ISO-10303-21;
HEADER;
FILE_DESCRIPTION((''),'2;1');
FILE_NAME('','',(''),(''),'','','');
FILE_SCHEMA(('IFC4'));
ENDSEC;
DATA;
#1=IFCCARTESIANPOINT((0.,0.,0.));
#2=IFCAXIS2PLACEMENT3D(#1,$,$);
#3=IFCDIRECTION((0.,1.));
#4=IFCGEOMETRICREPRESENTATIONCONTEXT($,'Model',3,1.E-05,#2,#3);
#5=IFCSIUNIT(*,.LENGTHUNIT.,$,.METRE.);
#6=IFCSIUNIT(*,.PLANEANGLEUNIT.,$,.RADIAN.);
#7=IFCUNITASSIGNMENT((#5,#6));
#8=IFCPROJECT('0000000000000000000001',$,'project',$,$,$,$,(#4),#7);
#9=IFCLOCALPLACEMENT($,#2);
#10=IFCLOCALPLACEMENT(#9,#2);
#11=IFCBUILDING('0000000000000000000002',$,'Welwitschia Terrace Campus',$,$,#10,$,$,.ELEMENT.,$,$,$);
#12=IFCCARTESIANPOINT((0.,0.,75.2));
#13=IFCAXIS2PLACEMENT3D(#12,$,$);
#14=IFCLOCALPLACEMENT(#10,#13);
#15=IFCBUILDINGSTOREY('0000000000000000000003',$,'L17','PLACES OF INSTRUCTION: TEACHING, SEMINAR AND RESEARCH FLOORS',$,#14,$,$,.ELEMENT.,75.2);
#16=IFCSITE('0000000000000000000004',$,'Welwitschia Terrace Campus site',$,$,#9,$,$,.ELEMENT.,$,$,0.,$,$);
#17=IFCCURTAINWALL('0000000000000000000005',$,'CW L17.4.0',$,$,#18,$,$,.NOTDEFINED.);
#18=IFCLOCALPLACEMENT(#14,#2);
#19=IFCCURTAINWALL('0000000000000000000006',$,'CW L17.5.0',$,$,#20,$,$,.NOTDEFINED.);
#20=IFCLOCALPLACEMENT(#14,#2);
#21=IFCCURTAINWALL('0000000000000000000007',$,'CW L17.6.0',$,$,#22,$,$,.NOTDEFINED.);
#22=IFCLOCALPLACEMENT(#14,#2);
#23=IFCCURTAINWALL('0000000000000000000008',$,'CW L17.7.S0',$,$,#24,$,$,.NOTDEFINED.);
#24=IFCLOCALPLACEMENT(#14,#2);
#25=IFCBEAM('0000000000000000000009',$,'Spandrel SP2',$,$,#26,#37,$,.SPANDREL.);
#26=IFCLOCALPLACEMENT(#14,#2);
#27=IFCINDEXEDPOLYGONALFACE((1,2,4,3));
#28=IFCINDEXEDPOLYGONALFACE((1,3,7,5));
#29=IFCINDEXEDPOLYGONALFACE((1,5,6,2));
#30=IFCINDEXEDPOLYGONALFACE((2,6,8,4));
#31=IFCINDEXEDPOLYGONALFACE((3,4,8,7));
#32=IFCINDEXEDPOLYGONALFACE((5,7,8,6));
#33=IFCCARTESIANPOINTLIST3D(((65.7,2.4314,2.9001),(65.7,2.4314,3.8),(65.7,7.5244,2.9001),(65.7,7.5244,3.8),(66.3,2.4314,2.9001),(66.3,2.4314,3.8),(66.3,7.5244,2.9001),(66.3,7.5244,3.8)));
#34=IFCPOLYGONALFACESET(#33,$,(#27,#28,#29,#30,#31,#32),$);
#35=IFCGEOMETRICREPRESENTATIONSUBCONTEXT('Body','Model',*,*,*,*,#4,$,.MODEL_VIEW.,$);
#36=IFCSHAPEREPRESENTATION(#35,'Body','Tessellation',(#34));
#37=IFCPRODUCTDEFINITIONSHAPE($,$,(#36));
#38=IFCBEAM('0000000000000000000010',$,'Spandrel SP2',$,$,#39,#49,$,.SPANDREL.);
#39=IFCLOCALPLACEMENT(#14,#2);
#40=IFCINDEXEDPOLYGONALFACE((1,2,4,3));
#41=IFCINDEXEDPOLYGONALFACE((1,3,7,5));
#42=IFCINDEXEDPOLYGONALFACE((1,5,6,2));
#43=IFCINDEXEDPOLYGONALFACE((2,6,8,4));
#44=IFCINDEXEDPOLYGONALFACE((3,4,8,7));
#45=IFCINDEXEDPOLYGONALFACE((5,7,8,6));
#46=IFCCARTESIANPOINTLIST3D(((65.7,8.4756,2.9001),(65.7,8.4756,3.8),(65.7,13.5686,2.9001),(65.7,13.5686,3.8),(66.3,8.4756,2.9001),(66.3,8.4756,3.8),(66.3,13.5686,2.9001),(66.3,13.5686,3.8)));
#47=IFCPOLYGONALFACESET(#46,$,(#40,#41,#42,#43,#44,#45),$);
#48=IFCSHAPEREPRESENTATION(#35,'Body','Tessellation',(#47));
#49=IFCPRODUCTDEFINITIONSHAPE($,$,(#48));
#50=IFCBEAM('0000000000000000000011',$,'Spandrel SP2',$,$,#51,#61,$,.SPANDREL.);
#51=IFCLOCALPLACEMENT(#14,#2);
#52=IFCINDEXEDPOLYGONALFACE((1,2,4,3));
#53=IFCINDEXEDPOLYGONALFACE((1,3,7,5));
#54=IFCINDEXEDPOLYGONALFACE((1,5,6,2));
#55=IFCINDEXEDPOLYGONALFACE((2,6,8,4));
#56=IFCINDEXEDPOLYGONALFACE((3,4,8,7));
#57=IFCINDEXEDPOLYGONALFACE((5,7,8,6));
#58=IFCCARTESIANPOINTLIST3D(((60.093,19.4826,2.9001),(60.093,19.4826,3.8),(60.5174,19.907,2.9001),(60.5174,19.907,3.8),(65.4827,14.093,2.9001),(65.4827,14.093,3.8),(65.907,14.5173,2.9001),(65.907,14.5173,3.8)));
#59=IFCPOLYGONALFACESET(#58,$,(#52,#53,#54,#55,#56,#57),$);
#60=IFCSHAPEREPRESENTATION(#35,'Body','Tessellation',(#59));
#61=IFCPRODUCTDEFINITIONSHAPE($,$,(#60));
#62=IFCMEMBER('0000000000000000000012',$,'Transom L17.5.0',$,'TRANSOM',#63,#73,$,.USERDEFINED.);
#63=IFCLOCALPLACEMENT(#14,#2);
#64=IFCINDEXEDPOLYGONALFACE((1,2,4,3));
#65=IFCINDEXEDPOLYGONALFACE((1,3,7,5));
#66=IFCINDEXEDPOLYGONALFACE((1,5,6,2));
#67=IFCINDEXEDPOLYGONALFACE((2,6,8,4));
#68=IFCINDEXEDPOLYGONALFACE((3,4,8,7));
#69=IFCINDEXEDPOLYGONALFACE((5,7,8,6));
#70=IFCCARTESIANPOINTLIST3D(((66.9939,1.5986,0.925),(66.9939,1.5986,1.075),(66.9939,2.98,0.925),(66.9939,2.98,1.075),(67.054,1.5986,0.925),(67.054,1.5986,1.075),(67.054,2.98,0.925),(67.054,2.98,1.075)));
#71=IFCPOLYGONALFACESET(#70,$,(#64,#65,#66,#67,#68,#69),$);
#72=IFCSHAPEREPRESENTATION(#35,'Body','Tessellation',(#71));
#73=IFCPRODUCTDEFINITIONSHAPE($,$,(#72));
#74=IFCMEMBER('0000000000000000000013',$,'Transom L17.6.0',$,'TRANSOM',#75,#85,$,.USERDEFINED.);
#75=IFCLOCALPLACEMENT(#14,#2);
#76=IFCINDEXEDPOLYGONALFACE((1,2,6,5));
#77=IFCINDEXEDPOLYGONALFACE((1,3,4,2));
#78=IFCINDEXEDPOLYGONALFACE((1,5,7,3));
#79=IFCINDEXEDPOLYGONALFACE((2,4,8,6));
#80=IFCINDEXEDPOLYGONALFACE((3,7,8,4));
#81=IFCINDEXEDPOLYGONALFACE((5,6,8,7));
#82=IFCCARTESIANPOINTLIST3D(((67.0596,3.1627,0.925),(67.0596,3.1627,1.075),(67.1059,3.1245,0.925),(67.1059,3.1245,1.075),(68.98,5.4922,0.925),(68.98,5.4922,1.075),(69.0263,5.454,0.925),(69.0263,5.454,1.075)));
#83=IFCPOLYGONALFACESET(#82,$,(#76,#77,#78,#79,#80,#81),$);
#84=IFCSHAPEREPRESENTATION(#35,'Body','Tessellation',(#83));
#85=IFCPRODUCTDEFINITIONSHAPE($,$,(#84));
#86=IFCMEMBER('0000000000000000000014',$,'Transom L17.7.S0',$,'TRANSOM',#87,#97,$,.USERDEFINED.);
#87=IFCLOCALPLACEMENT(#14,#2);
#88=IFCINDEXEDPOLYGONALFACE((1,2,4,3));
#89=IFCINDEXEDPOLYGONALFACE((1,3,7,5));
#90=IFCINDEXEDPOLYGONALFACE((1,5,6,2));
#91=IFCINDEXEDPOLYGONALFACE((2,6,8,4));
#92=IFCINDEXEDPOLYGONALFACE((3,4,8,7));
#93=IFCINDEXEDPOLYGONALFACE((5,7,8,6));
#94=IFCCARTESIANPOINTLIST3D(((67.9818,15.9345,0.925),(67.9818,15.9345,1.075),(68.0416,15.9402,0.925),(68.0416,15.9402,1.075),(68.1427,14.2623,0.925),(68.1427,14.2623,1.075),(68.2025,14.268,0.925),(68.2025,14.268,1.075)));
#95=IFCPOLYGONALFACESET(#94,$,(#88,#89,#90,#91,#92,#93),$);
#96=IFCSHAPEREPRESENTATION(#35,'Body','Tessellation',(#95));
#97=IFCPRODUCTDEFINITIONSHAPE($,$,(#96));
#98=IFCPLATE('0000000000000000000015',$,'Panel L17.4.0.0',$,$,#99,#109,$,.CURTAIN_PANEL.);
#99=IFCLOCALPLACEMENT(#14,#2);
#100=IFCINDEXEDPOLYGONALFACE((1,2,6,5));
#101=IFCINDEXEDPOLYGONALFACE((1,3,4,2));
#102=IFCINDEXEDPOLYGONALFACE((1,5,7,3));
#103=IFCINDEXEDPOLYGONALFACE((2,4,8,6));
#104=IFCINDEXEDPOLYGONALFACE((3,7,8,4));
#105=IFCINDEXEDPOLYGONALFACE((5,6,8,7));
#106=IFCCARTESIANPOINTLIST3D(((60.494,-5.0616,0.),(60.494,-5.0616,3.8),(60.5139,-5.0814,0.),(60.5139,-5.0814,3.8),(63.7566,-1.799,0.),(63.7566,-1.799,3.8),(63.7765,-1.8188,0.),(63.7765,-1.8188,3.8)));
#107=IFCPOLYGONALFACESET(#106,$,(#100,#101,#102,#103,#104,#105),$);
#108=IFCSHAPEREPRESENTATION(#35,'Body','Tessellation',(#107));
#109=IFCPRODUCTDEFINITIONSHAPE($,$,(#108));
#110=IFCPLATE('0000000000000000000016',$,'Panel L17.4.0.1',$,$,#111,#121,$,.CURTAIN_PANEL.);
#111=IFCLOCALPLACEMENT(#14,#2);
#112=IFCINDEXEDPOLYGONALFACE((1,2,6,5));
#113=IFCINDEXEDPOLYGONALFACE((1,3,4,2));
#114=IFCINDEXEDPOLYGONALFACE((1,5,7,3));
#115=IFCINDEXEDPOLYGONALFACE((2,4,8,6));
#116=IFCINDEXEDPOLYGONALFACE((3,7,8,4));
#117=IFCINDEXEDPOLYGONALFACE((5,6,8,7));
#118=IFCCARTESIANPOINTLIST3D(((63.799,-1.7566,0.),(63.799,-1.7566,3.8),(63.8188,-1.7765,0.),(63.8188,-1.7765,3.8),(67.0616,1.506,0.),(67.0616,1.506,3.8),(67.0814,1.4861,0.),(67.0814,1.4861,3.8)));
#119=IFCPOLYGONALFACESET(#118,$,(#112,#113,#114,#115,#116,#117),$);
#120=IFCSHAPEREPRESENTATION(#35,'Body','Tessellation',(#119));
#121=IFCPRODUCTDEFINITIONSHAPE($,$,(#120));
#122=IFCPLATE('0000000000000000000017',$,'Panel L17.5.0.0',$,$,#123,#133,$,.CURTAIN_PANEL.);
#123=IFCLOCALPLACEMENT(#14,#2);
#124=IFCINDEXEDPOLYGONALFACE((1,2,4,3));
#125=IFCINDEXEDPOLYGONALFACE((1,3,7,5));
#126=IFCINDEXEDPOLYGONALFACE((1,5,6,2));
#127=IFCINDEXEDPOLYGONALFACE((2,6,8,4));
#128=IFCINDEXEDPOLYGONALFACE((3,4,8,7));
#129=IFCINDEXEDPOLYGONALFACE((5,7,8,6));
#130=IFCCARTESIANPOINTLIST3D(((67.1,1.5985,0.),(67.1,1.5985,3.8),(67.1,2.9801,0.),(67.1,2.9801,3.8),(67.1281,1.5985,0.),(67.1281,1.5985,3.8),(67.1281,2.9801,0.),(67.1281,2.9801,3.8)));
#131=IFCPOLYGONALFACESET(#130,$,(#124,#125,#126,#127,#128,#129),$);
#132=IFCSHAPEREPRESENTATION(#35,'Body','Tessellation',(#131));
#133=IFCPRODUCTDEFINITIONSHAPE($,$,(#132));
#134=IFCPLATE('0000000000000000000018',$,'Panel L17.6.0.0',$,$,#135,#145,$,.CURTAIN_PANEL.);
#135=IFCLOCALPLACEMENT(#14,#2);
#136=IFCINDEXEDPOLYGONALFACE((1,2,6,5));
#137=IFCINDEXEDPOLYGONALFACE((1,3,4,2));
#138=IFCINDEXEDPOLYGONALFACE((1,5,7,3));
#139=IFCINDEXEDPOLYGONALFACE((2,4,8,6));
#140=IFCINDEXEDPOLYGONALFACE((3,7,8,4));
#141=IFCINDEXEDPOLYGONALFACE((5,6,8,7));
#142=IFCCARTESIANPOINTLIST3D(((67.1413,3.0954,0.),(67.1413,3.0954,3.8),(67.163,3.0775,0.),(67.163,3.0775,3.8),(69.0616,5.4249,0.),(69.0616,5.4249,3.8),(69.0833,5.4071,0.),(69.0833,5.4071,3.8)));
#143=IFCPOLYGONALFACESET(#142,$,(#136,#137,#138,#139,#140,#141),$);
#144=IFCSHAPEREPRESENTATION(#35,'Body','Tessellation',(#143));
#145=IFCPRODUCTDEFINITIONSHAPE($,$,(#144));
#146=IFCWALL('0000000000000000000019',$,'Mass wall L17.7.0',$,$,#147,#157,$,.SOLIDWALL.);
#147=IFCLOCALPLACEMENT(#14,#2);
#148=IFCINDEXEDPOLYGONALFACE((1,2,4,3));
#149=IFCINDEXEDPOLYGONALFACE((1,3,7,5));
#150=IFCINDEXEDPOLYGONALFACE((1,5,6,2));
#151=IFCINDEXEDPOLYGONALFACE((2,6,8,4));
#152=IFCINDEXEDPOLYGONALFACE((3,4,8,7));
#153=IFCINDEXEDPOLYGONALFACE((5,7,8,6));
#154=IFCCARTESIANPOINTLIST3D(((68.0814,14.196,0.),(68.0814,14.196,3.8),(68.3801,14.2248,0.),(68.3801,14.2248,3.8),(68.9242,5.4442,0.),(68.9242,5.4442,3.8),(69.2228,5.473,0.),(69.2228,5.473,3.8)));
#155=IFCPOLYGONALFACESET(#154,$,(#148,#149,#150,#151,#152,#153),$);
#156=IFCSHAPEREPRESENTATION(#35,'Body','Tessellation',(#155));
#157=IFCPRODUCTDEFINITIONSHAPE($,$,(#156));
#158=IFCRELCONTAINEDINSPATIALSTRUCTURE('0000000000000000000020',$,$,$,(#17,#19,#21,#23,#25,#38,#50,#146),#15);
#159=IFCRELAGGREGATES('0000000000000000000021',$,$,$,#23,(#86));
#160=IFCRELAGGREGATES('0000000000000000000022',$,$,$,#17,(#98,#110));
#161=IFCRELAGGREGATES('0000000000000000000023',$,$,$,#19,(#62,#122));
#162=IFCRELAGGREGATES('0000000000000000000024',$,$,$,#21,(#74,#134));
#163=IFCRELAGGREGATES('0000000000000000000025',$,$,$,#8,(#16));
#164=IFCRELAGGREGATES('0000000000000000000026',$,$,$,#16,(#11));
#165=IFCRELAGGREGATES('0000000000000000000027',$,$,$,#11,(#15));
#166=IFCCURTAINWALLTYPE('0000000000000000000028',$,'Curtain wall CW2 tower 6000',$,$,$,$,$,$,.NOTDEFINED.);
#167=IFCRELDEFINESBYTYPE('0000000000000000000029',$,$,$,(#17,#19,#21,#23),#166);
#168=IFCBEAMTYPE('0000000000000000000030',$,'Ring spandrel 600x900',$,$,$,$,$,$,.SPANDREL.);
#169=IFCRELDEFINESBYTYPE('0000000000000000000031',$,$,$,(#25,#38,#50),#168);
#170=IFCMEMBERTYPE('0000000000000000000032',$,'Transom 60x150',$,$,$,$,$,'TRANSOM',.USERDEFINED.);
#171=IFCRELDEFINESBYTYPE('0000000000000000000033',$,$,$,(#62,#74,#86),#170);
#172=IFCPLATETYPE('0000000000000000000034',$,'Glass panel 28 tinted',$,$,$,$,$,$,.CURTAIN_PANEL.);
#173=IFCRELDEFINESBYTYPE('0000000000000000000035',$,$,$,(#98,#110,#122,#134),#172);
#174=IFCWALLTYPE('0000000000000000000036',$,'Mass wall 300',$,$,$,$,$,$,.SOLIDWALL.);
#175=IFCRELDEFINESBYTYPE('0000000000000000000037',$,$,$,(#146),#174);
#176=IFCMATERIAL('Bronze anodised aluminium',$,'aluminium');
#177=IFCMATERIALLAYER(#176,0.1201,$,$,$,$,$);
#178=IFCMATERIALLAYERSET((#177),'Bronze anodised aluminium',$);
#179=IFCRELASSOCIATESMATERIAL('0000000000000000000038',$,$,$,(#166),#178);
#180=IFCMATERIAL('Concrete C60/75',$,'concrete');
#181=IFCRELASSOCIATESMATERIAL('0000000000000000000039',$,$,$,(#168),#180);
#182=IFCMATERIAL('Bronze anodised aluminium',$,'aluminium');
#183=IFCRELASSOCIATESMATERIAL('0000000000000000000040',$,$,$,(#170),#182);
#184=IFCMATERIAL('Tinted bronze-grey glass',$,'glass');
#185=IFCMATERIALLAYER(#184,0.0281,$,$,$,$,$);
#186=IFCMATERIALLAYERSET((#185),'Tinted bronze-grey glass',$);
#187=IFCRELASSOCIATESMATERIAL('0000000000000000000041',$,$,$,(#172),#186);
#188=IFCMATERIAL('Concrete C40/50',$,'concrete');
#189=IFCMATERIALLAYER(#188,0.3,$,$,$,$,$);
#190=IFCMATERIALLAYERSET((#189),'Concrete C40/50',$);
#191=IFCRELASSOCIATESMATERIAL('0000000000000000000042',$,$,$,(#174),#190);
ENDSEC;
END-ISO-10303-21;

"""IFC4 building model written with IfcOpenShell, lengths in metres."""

from ifc_helpers import new_model, si_unit, direction, frame, frame_2d, origin, origin_2d, place, context, subcontext, project, spatial, rectangle, extrude, material, layer, layer_set, material_profile, profile_set, type_object, element, aggregate, save


model = new_model("IFC4")

# Units and contexts
model_context = context("Model", 3, precision=1e-05, world=origin(), true_north=direction((0.0, 1.0)))
body_context = subcontext(model_context, "Body", "Model", "MODEL_VIEW")
ifc_project = project(units=[si_unit("LENGTHUNIT", "METRE"), si_unit("PLANEANGLEUNIT", "RADIAN")], contexts=[model_context])

# Site, building, storey
site_placement = place(None, origin())
site = spatial("IfcSite", under=ifc_project, at=site_placement, Name="Welwitschia Terrace Campus site", CompositionType="ELEMENT", RefElevation=0.0)
building_placement = place(site_placement, origin())
building = spatial("IfcBuilding", under=site, at=building_placement, Name="Welwitschia Terrace Campus", CompositionType="ELEMENT")
storey_placement = place(building_placement, frame((0.0, 0.0, 75.2)))
storey = spatial("IfcBuildingStorey", under=building, at=storey_placement, Name="L17", Description="PLACES OF INSTRUCTION: TEACHING, SEMINAR AND RESEARCH FLOORS", CompositionType="ELEMENT", Elevation=75.2)

# Curtain walls
ifc_material_1 = material(Name="Bronze anodised aluminium", Category="aluminium")
ifc_layer_1 = layer(ifc_material_1, 0.1201)
ifc_layer_set_1 = layer_set([ifc_layer_1], Name="Bronze anodised aluminium")
curtain_wall_type = type_object("IfcCurtainWallType", Name="Curtain wall CW2 tower 6000", PredefinedType="NOTDEFINED", material=ifc_layer_set_1)
curtain_wall_1_placement = place(storey_placement, origin())
curtain_wall_1 = element("IfcCurtainWall", 1, at=curtain_wall_1_placement, inside=storey, type_object=curtain_wall_type, Name="CW L17.4.0", PredefinedType="NOTDEFINED")
curtain_wall_2_placement = place(storey_placement, origin())
curtain_wall_2 = element("IfcCurtainWall", 2, at=curtain_wall_2_placement, inside=storey, type_object=curtain_wall_type, Name="CW L17.5.0", PredefinedType="NOTDEFINED")
curtain_wall_3_placement = place(storey_placement, origin())
curtain_wall_3 = element("IfcCurtainWall", 3, at=curtain_wall_3_placement, inside=storey, type_object=curtain_wall_type, Name="CW L17.6.0", PredefinedType="NOTDEFINED")

# Curtain wall
curtain_wall_4_placement = place(storey_placement, origin())
curtain_wall_4 = element("IfcCurtainWall", 4, at=curtain_wall_4_placement, inside=storey, type_object=curtain_wall_type, Name="CW L17.7.S0", PredefinedType="NOTDEFINED")

# Beams
ifc_material_2 = material(Name="Concrete C60/75", Category="concrete")
ifc_material_profile_1 = material_profile(ifc_material_2, rectangle(XDim=0.6001, YDim=0.8999, at=origin_2d()))
ifc_profile_set_1 = profile_set([ifc_material_profile_1], Name="Concrete C60/75")
beam_type = type_object("IfcBeamType", Name="Ring spandrel 600x900", PredefinedType="SPANDREL", material=ifc_profile_set_1)
for number, where, z_axis, x_axis, name in (
    (5, (66.0, 2.4314, 3.3501), (0.0, 1.0, 0.0), (-1.0, 0.0, 0.0), "Spandrel SP2"),
    (6, (66.0, 8.4756, 3.3501), (0.0, 1.0, 0.0), (-1.0, 0.0, 0.0), "Spandrel SP2"),
):
    element("IfcBeam", number, at=place(storey_placement, frame(where, z_axis=z_axis, x_axis=x_axis)), inside=storey, type_object=beam_type, Name=name, PredefinedType="SPANDREL", context=body_context, shape_type="SweptSolid", body=[
        extrude(rectangle(XDim=0.6001, YDim=0.8999, at=origin_2d()), origin(), (0.0, 0.0, 1.0), 5.093),
    ])
beam_placement = place(storey_placement, frame((65.6948, 14.3052, 3.3501), z_axis=(-0.707107, 0.707107, 0.0), x_axis=(-0.707107, -0.707107, 0.0)))
element("IfcBeam", 7, at=beam_placement, inside=storey, type_object=beam_type, Name="Spandrel SP2", PredefinedType="SPANDREL", context=body_context, shape_type="SweptSolid", body=[
    extrude(rectangle(XDim=0.6001, YDim=0.8999, at=origin_2d()), origin(), (0.0, 0.0, 1.0), 7.6221),
])

# Members
ifc_material_3 = material(Name="Bronze anodised aluminium", Category="aluminium")
ifc_material_profile_2 = material_profile(ifc_material_3, rectangle(XDim=0.0601, YDim=0.1499, at=origin_2d()))
ifc_profile_set_2 = profile_set([ifc_material_profile_2], Name="Bronze anodised aluminium")
member_type_1 = type_object("IfcMemberType", Name="Transom 60x150", ElementType="TRANSOM", PredefinedType="USERDEFINED", material=ifc_profile_set_2)
member_1_placement = place(storey_placement, frame((67.0239, 1.5986, 1.0), z_axis=(0.0, 1.0, 0.0), x_axis=(-1.0, 0.0, 0.0)))
member_1 = element("IfcMember", 8, at=member_1_placement, type_object=member_type_1, Name="Transom L17.5.0", ObjectType="TRANSOM", PredefinedType="USERDEFINED", context=body_context, shape_type="SweptSolid", body=[
    extrude(rectangle(XDim=0.0601, YDim=0.1499, at=origin_2d()), origin(), (0.0, 0.0, 1.0), 1.3813),
])
member_2_placement = place(storey_placement, frame((67.0828, 3.1436, 1.0), z_axis=(0.636087, 0.771617, 0.0), x_axis=(-0.771617, 0.636087, 0.0)))
member_2 = element("IfcMember", 9, at=member_2_placement, type_object=member_type_1, Name="Transom L17.6.0", ObjectType="TRANSOM", PredefinedType="USERDEFINED", context=body_context, shape_type="SweptSolid", body=[
    extrude(rectangle(XDim=0.0601, YDim=0.1499, at=origin_2d()), origin(), (0.0, 0.0, 1.0), 3.019),
])
member_3_placement = place(storey_placement, frame((68.1726, 14.2651, 1.0), z_axis=(-0.095776, 0.995403, 0.0), x_axis=(-0.995403, -0.095776, 0.0)))
member_3 = element("IfcMember", 10, at=member_3_placement, type_object=member_type_1, Name="Transom L17.7.S0", ObjectType="TRANSOM", PredefinedType="USERDEFINED", context=body_context, shape_type="SweptSolid", body=[
    extrude(rectangle(XDim=0.0601, YDim=0.1499, at=origin_2d()), origin(), (0.0, 0.0, 1.0), 1.6799),
])
aggregate(curtain_wall_4, [member_3])

# Plates
ifc_material_4 = material(Name="Tinted bronze-grey glass", Category="glass")
ifc_layer_2 = layer(ifc_material_4, 0.0281)
ifc_layer_set_2 = layer_set([ifc_layer_2], Name="Tinted bronze-grey glass")
plate_type = type_object("IfcPlateType", Name="Glass panel 28 tinted", PredefinedType="CURTAIN_PANEL", material=ifc_layer_set_2)
plate_1_placement = place(storey_placement, frame((62.1353, -3.4402, 0.0), z_axis=(0.0, 0.0, 1.0), x_axis=(0.707107, 0.707107, 0.0)))
plate_1 = element("IfcPlate", 11, at=plate_1_placement, type_object=plate_type, Name="Panel L17.4.0.0", PredefinedType="CURTAIN_PANEL", context=body_context, shape_type="SweptSolid", body=[
    extrude(rectangle(XDim=4.614, YDim=0.0281, at=origin_2d()), origin(), (0.0, 0.0, 1.0), 3.8),
])
plate_2_placement = place(storey_placement, frame((65.4402, -0.1353, 0.0), z_axis=(0.0, 0.0, 1.0), x_axis=(0.707107, 0.707107, 0.0)))
plate_2 = element("IfcPlate", 12, at=plate_2_placement, type_object=plate_type, Name="Panel L17.4.0.1", PredefinedType="CURTAIN_PANEL", context=body_context, shape_type="SweptSolid", body=[
    extrude(rectangle(XDim=4.614, YDim=0.0281, at=origin_2d()), origin(), (0.0, 0.0, 1.0), 3.8),
])
aggregate(curtain_wall_1, [plate_1, plate_2])
plate_3_placement = place(storey_placement, frame((67.114, 2.2893, 0.0), z_axis=(0.0, 0.0, 1.0), x_axis=(0.0, 1.0, 0.0)))
plate_3 = element("IfcPlate", 13, at=plate_3_placement, type_object=plate_type, Name="Panel L17.5.0.0", PredefinedType="CURTAIN_PANEL", context=body_context, shape_type="SweptSolid", body=[
    extrude(rectangle(XDim=1.3816, YDim=0.0281, at=origin_2d()), origin(), (0.0, 0.0, 1.0), 3.8),
])
aggregate(curtain_wall_2, [member_1, plate_3])
plate_4_placement = place(storey_placement, frame((68.1123, 4.2512, 0.0), z_axis=(0.0, 0.0, 1.0), x_axis=(0.636078, 0.771625, 0.0)))
plate_4 = element("IfcPlate", 14, at=plate_4_placement, type_object=plate_type, Name="Panel L17.6.0.0", PredefinedType="CURTAIN_PANEL", context=body_context, shape_type="SweptSolid", body=[
    extrude(rectangle(XDim=3.019, YDim=0.0281, at=origin_2d()), origin(), (0.0, 0.0, 1.0), 3.8),
])
aggregate(curtain_wall_3, [member_2, plate_4])

# Wall
ifc_material_5 = material(Name="Concrete C40/50", Category="concrete")
ifc_layer_3 = layer(ifc_material_5, 0.3)
ifc_layer_set_3 = layer_set([ifc_layer_3], Name="Concrete C40/50")
wall_type = type_object("IfcWallType", Name="Mass wall 300", PredefinedType="SOLIDWALL", material=ifc_layer_set_3)
wall_placement = place(storey_placement, frame((69.0735, 5.4587, 0.0), z_axis=(0.0, 0.0, 1.0), x_axis=(-0.095855, 0.995395, 0.0)))
element("IfcWall", 15, at=wall_placement, inside=storey, type_object=wall_type, Name="Mass wall L17.7.0", PredefinedType="SOLIDWALL", context=body_context, shape_type="SweptSolid", body=[
    extrude(rectangle(XDim=8.7922, YDim=0.3, at=frame_2d((4.396, 0.0))), origin(), (0.0, 0.0, 1.0), 3.8),
])

save(model, "model.ifc")
